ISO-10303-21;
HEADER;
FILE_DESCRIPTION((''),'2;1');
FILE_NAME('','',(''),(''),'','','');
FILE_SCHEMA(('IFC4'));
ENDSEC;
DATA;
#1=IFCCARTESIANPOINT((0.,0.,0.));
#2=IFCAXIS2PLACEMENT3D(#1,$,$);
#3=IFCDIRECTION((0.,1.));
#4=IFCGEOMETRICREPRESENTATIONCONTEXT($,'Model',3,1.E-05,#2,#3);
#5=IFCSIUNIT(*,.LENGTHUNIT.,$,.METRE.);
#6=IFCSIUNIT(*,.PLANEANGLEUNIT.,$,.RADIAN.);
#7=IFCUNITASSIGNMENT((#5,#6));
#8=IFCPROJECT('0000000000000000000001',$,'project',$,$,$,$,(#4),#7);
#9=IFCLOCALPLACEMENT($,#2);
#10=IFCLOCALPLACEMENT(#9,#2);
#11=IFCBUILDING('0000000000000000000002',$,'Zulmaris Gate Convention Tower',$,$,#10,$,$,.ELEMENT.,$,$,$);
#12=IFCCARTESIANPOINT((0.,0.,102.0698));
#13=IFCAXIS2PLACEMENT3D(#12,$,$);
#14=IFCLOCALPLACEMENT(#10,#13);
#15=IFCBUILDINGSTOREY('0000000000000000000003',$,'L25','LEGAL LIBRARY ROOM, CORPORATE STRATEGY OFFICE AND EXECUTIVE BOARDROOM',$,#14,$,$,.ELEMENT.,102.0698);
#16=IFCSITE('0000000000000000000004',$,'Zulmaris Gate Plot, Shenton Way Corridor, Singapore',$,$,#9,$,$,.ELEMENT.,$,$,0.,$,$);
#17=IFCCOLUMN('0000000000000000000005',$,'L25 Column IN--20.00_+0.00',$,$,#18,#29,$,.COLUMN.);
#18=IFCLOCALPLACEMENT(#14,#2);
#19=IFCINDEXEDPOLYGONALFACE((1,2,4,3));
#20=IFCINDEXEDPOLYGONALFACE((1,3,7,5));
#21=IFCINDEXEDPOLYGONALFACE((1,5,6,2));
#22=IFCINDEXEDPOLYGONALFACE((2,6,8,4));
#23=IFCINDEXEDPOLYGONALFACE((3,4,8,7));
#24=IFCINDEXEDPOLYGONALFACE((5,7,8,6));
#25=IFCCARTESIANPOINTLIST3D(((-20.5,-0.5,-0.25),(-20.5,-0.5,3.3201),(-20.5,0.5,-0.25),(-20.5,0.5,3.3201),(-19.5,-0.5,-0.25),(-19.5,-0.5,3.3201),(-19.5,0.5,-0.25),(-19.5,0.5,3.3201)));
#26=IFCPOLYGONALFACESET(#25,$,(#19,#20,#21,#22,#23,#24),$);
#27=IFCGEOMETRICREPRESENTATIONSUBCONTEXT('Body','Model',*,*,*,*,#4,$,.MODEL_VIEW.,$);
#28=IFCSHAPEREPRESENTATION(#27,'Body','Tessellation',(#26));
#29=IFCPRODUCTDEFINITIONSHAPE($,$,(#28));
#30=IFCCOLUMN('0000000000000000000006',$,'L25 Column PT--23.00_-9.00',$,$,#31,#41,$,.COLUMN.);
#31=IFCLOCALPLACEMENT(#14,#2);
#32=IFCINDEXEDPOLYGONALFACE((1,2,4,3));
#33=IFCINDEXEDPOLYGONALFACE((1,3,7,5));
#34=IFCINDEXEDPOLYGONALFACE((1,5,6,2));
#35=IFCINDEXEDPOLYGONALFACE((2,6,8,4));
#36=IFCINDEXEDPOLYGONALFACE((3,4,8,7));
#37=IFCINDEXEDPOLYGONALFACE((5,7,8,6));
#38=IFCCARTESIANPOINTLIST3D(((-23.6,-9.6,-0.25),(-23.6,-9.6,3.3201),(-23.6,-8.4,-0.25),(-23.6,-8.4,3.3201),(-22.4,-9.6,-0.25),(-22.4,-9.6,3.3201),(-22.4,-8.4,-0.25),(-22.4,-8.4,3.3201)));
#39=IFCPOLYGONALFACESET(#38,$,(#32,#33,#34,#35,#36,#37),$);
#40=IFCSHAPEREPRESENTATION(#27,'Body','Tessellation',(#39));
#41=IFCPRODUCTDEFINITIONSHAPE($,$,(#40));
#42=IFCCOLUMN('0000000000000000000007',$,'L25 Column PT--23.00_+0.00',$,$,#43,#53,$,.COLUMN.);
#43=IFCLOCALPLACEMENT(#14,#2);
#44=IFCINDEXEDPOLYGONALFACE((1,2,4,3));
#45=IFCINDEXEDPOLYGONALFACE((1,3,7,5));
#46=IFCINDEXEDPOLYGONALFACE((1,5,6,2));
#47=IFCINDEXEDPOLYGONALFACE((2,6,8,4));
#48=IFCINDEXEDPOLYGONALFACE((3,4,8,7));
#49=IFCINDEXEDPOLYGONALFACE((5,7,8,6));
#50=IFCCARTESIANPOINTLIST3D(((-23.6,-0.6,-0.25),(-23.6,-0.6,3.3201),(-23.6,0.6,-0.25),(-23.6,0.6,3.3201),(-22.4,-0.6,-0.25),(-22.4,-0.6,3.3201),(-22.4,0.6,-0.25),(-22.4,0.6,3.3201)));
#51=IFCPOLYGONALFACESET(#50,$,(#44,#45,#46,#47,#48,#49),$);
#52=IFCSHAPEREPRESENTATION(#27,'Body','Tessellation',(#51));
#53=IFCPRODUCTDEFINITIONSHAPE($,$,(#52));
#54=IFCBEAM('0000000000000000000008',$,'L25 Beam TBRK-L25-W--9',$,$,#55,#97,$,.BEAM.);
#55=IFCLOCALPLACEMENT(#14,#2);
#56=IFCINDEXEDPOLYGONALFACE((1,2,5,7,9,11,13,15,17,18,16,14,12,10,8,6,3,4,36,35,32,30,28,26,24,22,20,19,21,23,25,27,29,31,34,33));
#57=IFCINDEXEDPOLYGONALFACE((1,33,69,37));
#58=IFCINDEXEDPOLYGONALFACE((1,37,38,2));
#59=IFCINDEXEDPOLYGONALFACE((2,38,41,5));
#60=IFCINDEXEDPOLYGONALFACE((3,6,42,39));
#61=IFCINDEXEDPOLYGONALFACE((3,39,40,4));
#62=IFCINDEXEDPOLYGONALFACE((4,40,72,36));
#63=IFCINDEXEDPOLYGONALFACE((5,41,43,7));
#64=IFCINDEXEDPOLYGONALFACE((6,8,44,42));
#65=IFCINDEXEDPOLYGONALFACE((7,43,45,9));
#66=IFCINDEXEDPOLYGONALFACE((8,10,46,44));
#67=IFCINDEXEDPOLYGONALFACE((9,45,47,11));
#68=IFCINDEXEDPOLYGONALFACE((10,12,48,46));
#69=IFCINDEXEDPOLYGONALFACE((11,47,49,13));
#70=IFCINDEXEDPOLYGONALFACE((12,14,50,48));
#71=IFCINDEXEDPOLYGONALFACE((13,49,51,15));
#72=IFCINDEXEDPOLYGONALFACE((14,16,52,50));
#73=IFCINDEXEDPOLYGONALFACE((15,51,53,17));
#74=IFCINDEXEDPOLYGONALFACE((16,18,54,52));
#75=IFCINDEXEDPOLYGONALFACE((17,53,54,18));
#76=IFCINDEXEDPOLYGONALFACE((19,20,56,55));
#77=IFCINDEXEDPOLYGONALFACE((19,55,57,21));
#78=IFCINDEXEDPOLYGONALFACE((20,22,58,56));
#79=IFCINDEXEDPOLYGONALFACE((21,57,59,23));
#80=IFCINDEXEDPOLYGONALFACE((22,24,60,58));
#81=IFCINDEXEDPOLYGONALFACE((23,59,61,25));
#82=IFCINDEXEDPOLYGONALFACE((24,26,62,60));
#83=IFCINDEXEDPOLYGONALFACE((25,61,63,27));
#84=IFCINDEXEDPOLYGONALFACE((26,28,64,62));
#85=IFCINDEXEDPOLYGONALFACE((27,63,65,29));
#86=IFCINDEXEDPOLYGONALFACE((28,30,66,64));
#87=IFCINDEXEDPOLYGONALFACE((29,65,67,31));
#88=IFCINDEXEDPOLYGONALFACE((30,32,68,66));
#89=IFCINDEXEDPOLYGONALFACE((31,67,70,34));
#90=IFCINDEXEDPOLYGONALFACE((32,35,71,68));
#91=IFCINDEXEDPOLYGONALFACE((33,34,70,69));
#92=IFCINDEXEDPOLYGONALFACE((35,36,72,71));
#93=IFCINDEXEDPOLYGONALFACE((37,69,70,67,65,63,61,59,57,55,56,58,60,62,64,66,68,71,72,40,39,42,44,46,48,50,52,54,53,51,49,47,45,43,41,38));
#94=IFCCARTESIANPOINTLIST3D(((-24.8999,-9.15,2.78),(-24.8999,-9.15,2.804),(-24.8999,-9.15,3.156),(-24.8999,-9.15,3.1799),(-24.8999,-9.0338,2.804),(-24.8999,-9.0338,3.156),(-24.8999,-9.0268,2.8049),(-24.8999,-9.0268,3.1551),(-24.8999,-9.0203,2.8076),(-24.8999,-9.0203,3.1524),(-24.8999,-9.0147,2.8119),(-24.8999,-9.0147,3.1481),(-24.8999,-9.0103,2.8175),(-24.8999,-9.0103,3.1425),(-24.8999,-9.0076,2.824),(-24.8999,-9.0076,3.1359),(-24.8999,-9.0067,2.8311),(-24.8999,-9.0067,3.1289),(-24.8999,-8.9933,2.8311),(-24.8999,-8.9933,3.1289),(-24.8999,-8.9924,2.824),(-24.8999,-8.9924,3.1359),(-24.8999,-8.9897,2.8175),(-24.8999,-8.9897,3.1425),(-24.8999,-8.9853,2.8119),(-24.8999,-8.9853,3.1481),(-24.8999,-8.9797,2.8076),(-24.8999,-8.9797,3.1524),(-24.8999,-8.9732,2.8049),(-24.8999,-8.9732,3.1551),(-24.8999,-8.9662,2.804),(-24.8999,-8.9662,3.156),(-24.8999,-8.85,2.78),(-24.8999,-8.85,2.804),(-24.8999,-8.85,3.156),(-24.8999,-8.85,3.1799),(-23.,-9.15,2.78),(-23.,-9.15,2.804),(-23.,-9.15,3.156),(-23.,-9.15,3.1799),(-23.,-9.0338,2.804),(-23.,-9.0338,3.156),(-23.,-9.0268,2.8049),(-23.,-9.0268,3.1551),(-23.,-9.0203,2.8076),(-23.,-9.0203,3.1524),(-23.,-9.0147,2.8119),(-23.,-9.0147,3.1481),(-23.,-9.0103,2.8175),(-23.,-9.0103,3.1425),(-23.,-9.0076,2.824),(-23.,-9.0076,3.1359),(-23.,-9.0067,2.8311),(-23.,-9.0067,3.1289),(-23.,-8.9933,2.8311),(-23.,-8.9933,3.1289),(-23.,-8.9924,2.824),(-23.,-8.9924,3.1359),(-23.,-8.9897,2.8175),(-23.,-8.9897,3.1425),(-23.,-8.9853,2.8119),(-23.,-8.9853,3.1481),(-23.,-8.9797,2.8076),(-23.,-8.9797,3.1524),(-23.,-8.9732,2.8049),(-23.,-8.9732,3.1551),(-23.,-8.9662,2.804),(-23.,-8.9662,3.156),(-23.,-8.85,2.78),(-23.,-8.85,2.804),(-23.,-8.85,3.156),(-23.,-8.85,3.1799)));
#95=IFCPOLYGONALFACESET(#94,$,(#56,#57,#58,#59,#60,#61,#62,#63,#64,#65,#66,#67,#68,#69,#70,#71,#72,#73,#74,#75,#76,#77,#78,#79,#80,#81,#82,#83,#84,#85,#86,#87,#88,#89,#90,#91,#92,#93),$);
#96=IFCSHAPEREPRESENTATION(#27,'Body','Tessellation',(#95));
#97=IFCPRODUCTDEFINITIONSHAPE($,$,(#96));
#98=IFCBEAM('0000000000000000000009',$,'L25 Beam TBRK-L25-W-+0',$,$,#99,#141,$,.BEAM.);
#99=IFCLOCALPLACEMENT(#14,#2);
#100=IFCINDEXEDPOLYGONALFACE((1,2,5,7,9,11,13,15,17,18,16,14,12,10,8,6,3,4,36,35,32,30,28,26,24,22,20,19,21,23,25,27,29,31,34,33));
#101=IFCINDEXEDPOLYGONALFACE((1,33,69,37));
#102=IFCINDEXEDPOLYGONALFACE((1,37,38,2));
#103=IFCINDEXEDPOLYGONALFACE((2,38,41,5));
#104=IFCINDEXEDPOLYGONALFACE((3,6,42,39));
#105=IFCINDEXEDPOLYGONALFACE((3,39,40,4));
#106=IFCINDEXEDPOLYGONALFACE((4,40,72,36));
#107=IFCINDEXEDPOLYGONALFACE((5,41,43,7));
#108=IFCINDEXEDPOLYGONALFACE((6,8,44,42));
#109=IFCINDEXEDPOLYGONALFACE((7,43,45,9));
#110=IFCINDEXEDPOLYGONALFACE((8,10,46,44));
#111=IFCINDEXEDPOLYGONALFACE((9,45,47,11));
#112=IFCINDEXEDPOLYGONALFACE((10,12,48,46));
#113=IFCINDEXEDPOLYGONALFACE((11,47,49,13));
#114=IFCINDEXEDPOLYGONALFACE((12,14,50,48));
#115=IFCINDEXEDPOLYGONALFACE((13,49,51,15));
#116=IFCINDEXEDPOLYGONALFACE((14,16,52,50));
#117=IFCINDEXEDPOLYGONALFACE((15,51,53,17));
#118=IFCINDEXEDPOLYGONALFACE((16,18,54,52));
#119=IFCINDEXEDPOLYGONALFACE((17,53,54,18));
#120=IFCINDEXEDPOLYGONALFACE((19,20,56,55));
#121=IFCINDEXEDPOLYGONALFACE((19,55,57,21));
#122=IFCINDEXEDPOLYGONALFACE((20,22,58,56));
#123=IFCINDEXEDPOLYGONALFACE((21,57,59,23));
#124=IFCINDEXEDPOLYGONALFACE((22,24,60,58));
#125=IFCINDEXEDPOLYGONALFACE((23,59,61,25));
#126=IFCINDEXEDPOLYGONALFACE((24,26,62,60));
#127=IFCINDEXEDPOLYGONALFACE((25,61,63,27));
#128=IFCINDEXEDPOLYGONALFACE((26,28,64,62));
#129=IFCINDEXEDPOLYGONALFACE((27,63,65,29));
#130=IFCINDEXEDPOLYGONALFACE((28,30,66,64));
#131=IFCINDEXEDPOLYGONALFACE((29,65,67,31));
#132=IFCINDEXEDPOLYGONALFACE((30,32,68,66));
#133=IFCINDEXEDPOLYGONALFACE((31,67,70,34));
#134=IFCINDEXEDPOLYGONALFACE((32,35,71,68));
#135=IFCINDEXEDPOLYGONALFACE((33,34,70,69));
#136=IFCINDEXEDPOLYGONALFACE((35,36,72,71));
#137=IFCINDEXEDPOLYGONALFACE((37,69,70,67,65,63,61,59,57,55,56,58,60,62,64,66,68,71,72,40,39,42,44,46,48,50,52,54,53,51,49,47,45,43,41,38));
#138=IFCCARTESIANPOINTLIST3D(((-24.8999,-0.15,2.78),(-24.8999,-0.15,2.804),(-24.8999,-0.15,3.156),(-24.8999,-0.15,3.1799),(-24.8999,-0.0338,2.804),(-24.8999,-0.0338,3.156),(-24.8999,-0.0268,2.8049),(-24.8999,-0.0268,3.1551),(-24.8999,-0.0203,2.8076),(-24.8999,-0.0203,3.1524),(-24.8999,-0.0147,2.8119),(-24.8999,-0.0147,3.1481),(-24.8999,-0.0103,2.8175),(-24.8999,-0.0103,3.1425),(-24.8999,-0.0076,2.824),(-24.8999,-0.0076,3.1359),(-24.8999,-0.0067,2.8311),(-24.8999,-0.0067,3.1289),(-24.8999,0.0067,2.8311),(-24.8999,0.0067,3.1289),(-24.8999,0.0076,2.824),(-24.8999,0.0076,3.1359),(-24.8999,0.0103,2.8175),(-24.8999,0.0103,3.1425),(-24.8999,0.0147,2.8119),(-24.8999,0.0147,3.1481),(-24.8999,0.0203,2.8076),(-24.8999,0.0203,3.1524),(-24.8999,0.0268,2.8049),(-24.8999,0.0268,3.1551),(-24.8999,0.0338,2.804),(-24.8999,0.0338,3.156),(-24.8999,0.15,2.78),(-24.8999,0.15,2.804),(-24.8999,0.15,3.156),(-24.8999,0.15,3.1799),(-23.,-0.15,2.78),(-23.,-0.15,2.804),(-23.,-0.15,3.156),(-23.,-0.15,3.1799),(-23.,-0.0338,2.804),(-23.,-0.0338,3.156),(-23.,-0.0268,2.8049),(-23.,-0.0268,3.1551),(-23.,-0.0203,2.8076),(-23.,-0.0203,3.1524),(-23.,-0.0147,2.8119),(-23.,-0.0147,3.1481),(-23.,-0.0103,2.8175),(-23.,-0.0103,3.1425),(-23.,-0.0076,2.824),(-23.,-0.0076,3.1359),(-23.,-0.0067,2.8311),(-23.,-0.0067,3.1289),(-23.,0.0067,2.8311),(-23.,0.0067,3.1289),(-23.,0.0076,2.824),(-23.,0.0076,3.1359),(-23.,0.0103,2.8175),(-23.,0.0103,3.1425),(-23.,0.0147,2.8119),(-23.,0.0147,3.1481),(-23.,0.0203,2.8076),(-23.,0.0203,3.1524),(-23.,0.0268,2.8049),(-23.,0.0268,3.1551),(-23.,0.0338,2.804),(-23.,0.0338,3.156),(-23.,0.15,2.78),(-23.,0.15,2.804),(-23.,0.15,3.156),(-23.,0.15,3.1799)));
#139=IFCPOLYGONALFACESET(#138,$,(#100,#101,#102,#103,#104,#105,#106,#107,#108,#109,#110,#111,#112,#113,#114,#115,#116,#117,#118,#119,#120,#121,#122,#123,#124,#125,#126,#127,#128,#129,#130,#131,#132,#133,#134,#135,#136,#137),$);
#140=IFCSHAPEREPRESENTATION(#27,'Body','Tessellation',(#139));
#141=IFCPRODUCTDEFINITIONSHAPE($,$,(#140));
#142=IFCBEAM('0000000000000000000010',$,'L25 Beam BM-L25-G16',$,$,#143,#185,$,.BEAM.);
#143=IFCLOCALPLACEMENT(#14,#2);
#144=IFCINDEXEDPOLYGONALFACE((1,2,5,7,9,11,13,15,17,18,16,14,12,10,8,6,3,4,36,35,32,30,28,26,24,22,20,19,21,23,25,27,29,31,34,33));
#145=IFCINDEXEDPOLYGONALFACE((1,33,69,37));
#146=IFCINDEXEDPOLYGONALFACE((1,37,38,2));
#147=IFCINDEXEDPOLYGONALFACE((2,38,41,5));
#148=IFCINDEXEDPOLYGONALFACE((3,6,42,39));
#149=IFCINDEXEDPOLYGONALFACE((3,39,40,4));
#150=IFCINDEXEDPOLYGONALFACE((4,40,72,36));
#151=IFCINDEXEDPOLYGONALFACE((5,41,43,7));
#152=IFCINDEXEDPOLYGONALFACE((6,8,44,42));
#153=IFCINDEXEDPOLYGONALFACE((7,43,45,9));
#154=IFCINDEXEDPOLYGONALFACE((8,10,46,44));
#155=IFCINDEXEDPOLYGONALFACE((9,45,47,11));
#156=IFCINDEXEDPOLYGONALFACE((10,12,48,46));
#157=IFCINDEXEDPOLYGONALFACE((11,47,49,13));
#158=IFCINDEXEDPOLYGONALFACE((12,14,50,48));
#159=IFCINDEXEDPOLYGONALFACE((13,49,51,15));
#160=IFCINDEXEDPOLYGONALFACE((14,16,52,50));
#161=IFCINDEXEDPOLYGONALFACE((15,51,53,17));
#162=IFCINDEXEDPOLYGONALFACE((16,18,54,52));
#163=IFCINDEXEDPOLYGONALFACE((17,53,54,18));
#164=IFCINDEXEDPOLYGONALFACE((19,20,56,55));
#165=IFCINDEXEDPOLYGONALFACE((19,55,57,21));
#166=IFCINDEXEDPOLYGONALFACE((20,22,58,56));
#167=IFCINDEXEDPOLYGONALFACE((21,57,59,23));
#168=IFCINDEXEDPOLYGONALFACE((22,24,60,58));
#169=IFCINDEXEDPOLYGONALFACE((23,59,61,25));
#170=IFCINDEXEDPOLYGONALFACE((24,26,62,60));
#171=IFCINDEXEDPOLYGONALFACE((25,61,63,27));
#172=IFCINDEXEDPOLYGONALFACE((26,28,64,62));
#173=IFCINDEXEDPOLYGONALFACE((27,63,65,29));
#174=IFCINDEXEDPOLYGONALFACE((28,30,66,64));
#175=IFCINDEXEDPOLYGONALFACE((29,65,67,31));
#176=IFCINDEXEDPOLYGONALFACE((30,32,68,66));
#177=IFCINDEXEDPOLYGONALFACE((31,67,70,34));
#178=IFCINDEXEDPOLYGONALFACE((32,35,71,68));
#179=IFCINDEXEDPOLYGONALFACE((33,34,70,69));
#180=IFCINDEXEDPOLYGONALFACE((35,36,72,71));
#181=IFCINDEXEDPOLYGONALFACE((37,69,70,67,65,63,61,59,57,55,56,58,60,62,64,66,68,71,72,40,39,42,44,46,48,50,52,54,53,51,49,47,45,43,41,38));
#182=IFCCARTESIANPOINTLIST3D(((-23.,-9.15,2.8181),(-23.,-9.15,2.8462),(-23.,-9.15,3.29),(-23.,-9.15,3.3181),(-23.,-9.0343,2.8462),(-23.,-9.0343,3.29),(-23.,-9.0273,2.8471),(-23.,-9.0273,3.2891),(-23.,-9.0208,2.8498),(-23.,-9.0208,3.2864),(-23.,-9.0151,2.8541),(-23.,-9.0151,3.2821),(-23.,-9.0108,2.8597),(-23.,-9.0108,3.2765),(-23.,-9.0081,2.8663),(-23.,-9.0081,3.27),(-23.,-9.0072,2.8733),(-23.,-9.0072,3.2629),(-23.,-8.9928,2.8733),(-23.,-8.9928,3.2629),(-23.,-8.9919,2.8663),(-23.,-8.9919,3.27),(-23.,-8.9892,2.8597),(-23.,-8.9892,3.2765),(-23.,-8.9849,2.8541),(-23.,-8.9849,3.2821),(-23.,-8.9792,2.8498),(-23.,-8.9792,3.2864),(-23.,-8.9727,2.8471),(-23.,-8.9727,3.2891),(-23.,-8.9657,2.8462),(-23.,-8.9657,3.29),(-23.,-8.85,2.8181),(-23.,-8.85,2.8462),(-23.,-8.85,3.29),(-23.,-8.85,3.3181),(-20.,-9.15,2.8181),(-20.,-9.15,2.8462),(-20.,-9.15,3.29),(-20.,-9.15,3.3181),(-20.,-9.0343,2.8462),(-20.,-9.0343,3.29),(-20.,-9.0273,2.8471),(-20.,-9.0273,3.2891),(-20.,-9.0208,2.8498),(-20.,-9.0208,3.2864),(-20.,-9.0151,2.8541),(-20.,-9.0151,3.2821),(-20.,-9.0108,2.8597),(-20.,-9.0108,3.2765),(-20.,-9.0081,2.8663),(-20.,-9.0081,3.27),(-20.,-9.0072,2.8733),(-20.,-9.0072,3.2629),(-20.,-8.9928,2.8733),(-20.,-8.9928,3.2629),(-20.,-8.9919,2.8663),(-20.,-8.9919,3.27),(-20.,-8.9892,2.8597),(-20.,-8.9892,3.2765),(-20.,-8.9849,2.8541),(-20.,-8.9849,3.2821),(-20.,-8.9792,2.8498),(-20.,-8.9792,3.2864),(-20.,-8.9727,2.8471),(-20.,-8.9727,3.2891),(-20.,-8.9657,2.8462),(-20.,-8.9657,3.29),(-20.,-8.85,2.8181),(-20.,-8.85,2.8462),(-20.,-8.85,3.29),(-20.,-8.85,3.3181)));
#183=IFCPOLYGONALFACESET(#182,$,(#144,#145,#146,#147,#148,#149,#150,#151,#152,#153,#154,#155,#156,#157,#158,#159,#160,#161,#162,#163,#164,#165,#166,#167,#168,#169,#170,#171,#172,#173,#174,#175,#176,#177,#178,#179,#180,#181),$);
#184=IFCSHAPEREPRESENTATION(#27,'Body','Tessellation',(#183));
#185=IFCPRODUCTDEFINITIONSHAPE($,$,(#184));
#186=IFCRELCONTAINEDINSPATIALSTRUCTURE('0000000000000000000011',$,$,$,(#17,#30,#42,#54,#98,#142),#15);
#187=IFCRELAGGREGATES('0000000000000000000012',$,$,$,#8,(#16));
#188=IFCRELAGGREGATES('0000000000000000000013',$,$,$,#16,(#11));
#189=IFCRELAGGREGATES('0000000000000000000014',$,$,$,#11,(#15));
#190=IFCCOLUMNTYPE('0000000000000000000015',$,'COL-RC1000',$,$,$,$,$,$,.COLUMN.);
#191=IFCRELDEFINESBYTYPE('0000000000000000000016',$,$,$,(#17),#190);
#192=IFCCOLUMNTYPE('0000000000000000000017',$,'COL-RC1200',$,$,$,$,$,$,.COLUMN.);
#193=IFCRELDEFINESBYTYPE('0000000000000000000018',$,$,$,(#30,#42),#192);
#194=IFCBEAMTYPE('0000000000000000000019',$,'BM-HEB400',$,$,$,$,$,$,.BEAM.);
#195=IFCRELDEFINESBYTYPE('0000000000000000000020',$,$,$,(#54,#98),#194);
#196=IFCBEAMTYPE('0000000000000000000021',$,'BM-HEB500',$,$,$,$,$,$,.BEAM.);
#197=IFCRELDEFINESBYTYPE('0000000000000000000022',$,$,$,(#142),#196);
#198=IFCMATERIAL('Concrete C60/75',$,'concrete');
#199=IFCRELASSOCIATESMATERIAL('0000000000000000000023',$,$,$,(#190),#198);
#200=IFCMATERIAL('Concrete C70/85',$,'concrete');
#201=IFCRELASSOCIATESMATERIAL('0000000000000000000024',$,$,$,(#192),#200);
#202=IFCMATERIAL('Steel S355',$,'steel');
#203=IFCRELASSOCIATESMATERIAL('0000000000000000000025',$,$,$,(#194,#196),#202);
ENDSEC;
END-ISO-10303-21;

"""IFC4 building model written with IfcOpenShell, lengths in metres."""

from ifc_helpers import new_model, si_unit, direction, frame, origin, origin_2d, place, context, subcontext, project, spatial, rectangle, i_section, extrude, material, material_profile, profile_set, type_object, element, save


model = new_model("IFC4")

# Units and contexts
model_context = context("Model", 3, precision=1e-05, world=origin(), true_north=direction((0.0, 1.0)))
body_context = subcontext(model_context, "Body", "Model", "MODEL_VIEW")
ifc_project = project(units=[si_unit("LENGTHUNIT", "METRE"), si_unit("PLANEANGLEUNIT", "RADIAN")], contexts=[model_context])

# Site, building, storey
site_placement = place(None, origin())
site = spatial("IfcSite", under=ifc_project, at=site_placement, Name="Zulmaris Gate Plot, Shenton Way Corridor, Singapore", CompositionType="ELEMENT", RefElevation=0.0)
building_placement = place(site_placement, origin())
building = spatial("IfcBuilding", under=site, at=building_placement, Name="Zulmaris Gate Convention Tower", CompositionType="ELEMENT")
storey_placement = place(building_placement, frame((0.0, 0.0, 102.0698)))
storey = spatial("IfcBuildingStorey", under=building, at=storey_placement, Name="L25", Description="LEGAL LIBRARY ROOM, CORPORATE STRATEGY OFFICE AND EXECUTIVE BOARDROOM", CompositionType="ELEMENT", Elevation=102.0698)

# Columns
ifc_material_1 = material(Name="Concrete C60/75", Category="concrete")
ifc_material_profile_1 = material_profile(ifc_material_1, rectangle(XDim=1.0, YDim=1.0, at=origin_2d()), Name="RC COL 1000x1000")
ifc_profile_set_1 = profile_set([ifc_material_profile_1], Name="Concrete C60/75")
column_type_1 = type_object("IfcColumnType", Name="COL-RC1000", PredefinedType="COLUMN", material=ifc_profile_set_1)
column_placement = place(storey_placement, frame((-20.0, 0.0, -0.25), z_axis=(0.0, 0.0, 1.0), x_axis=(1.0, 0.0, 0.0)))
element("IfcColumn", 1, at=column_placement, inside=storey, type_object=column_type_1, Name="L25 Column IN--20.00_+0.00", PredefinedType="COLUMN", context=body_context, shape_type="SweptSolid", body=[
    extrude(rectangle(XDim=1.0, YDim=1.0, at=origin_2d()), origin(), (0.0, 0.0, 1.0), 3.5701),
])
ifc_material_2 = material(Name="Concrete C70/85", Category="concrete")
ifc_material_profile_2 = material_profile(ifc_material_2, rectangle(XDim=1.2, YDim=1.2, at=origin_2d()), Name="RC COL 1200x1200")
ifc_profile_set_2 = profile_set([ifc_material_profile_2], Name="Concrete C70/85")
column_type_2 = type_object("IfcColumnType", Name="COL-RC1200", PredefinedType="COLUMN", material=ifc_profile_set_2)
for number, where, z_axis, x_axis, name in (
    (2, (-23.0, -9.0, -0.25), (0.0, 0.0, 1.0), (1.0, 0.0, 0.0), "L25 Column PT--23.00_-9.00"),
    (3, (-23.0, 0.0, -0.25), (0.0, 0.0, 1.0), (1.0, 0.0, 0.0), "L25 Column PT--23.00_+0.00"),
):
    element("IfcColumn", number, at=place(storey_placement, frame(where, z_axis=z_axis, x_axis=x_axis)), inside=storey, type_object=column_type_2, Name=name, PredefinedType="COLUMN", context=body_context, shape_type="SweptSolid", body=[
        extrude(rectangle(XDim=1.2, YDim=1.2, at=origin_2d()), origin(), (0.0, 0.0, 1.0), 3.5701),
    ])

# Beams
ifc_material_3 = material(Name="Steel S355", Category="steel")
ifc_material_profile_3 = material_profile(ifc_material_3, i_section(OverallWidth=0.3, OverallDepth=0.3999, WebThickness=0.0134, FlangeThickness=0.0239, FilletRadius=0.0271, at=origin_2d()), Name="HEB 400")
ifc_profile_set_3 = profile_set([ifc_material_profile_3], Name="Steel S355")
beam_type_1 = type_object("IfcBeamType", Name="BM-HEB400", PredefinedType="BEAM", material=ifc_profile_set_3)
for number, where, z_axis, x_axis, name in (
    (4, (-24.8999, -9.0, 2.98), (1.0, 0.0, 0.0), (0.0, 1.0, 0.0), "L25 Beam TBRK-L25-W--9"),
    (5, (-24.8999, 0.0, 2.98), (1.0, 0.0, 0.0), (0.0, 1.0, 0.0), "L25 Beam TBRK-L25-W-+0"),
):
    element("IfcBeam", number, at=place(storey_placement, frame(where, z_axis=z_axis, x_axis=x_axis)), inside=storey, type_object=beam_type_1, Name=name, PredefinedType="BEAM", context=body_context, shape_type="SweptSolid", body=[
        extrude(i_section(OverallWidth=0.3, OverallDepth=0.3999, WebThickness=0.0134, FlangeThickness=0.0239, FilletRadius=0.0271, at=origin_2d()), origin(), (0.0, 0.0, 1.0), 1.8999),
    ])
ifc_material_profile_4 = material_profile(ifc_material_3, i_section(OverallWidth=0.3, OverallDepth=0.5, WebThickness=0.0144, FlangeThickness=0.0281, FilletRadius=0.0271, at=origin_2d()), Name="HEB 500")
ifc_profile_set_4 = profile_set([ifc_material_profile_4], Name="Steel S355")
beam_type_2 = type_object("IfcBeamType", Name="BM-HEB500", PredefinedType="BEAM", material=ifc_profile_set_4)
for number, where, z_axis, x_axis, name in (
    (6, (-23.0, -9.0, 3.0681), (1.0, 0.0, 0.0), (0.0, 1.0, 0.0), "L25 Beam BM-L25-G16"),
):
    element("IfcBeam", number, at=place(storey_placement, frame(where, z_axis=z_axis, x_axis=x_axis)), inside=storey, type_object=beam_type_2, Name=name, PredefinedType="BEAM", context=body_context, shape_type="SweptSolid", body=[
        extrude(i_section(OverallWidth=0.3, OverallDepth=0.5, WebThickness=0.0144, FlangeThickness=0.0281, FilletRadius=0.0271, at=origin_2d()), origin(), (0.0, 0.0, 1.0), 3.0),
    ])

save(model, "model.ifc")
